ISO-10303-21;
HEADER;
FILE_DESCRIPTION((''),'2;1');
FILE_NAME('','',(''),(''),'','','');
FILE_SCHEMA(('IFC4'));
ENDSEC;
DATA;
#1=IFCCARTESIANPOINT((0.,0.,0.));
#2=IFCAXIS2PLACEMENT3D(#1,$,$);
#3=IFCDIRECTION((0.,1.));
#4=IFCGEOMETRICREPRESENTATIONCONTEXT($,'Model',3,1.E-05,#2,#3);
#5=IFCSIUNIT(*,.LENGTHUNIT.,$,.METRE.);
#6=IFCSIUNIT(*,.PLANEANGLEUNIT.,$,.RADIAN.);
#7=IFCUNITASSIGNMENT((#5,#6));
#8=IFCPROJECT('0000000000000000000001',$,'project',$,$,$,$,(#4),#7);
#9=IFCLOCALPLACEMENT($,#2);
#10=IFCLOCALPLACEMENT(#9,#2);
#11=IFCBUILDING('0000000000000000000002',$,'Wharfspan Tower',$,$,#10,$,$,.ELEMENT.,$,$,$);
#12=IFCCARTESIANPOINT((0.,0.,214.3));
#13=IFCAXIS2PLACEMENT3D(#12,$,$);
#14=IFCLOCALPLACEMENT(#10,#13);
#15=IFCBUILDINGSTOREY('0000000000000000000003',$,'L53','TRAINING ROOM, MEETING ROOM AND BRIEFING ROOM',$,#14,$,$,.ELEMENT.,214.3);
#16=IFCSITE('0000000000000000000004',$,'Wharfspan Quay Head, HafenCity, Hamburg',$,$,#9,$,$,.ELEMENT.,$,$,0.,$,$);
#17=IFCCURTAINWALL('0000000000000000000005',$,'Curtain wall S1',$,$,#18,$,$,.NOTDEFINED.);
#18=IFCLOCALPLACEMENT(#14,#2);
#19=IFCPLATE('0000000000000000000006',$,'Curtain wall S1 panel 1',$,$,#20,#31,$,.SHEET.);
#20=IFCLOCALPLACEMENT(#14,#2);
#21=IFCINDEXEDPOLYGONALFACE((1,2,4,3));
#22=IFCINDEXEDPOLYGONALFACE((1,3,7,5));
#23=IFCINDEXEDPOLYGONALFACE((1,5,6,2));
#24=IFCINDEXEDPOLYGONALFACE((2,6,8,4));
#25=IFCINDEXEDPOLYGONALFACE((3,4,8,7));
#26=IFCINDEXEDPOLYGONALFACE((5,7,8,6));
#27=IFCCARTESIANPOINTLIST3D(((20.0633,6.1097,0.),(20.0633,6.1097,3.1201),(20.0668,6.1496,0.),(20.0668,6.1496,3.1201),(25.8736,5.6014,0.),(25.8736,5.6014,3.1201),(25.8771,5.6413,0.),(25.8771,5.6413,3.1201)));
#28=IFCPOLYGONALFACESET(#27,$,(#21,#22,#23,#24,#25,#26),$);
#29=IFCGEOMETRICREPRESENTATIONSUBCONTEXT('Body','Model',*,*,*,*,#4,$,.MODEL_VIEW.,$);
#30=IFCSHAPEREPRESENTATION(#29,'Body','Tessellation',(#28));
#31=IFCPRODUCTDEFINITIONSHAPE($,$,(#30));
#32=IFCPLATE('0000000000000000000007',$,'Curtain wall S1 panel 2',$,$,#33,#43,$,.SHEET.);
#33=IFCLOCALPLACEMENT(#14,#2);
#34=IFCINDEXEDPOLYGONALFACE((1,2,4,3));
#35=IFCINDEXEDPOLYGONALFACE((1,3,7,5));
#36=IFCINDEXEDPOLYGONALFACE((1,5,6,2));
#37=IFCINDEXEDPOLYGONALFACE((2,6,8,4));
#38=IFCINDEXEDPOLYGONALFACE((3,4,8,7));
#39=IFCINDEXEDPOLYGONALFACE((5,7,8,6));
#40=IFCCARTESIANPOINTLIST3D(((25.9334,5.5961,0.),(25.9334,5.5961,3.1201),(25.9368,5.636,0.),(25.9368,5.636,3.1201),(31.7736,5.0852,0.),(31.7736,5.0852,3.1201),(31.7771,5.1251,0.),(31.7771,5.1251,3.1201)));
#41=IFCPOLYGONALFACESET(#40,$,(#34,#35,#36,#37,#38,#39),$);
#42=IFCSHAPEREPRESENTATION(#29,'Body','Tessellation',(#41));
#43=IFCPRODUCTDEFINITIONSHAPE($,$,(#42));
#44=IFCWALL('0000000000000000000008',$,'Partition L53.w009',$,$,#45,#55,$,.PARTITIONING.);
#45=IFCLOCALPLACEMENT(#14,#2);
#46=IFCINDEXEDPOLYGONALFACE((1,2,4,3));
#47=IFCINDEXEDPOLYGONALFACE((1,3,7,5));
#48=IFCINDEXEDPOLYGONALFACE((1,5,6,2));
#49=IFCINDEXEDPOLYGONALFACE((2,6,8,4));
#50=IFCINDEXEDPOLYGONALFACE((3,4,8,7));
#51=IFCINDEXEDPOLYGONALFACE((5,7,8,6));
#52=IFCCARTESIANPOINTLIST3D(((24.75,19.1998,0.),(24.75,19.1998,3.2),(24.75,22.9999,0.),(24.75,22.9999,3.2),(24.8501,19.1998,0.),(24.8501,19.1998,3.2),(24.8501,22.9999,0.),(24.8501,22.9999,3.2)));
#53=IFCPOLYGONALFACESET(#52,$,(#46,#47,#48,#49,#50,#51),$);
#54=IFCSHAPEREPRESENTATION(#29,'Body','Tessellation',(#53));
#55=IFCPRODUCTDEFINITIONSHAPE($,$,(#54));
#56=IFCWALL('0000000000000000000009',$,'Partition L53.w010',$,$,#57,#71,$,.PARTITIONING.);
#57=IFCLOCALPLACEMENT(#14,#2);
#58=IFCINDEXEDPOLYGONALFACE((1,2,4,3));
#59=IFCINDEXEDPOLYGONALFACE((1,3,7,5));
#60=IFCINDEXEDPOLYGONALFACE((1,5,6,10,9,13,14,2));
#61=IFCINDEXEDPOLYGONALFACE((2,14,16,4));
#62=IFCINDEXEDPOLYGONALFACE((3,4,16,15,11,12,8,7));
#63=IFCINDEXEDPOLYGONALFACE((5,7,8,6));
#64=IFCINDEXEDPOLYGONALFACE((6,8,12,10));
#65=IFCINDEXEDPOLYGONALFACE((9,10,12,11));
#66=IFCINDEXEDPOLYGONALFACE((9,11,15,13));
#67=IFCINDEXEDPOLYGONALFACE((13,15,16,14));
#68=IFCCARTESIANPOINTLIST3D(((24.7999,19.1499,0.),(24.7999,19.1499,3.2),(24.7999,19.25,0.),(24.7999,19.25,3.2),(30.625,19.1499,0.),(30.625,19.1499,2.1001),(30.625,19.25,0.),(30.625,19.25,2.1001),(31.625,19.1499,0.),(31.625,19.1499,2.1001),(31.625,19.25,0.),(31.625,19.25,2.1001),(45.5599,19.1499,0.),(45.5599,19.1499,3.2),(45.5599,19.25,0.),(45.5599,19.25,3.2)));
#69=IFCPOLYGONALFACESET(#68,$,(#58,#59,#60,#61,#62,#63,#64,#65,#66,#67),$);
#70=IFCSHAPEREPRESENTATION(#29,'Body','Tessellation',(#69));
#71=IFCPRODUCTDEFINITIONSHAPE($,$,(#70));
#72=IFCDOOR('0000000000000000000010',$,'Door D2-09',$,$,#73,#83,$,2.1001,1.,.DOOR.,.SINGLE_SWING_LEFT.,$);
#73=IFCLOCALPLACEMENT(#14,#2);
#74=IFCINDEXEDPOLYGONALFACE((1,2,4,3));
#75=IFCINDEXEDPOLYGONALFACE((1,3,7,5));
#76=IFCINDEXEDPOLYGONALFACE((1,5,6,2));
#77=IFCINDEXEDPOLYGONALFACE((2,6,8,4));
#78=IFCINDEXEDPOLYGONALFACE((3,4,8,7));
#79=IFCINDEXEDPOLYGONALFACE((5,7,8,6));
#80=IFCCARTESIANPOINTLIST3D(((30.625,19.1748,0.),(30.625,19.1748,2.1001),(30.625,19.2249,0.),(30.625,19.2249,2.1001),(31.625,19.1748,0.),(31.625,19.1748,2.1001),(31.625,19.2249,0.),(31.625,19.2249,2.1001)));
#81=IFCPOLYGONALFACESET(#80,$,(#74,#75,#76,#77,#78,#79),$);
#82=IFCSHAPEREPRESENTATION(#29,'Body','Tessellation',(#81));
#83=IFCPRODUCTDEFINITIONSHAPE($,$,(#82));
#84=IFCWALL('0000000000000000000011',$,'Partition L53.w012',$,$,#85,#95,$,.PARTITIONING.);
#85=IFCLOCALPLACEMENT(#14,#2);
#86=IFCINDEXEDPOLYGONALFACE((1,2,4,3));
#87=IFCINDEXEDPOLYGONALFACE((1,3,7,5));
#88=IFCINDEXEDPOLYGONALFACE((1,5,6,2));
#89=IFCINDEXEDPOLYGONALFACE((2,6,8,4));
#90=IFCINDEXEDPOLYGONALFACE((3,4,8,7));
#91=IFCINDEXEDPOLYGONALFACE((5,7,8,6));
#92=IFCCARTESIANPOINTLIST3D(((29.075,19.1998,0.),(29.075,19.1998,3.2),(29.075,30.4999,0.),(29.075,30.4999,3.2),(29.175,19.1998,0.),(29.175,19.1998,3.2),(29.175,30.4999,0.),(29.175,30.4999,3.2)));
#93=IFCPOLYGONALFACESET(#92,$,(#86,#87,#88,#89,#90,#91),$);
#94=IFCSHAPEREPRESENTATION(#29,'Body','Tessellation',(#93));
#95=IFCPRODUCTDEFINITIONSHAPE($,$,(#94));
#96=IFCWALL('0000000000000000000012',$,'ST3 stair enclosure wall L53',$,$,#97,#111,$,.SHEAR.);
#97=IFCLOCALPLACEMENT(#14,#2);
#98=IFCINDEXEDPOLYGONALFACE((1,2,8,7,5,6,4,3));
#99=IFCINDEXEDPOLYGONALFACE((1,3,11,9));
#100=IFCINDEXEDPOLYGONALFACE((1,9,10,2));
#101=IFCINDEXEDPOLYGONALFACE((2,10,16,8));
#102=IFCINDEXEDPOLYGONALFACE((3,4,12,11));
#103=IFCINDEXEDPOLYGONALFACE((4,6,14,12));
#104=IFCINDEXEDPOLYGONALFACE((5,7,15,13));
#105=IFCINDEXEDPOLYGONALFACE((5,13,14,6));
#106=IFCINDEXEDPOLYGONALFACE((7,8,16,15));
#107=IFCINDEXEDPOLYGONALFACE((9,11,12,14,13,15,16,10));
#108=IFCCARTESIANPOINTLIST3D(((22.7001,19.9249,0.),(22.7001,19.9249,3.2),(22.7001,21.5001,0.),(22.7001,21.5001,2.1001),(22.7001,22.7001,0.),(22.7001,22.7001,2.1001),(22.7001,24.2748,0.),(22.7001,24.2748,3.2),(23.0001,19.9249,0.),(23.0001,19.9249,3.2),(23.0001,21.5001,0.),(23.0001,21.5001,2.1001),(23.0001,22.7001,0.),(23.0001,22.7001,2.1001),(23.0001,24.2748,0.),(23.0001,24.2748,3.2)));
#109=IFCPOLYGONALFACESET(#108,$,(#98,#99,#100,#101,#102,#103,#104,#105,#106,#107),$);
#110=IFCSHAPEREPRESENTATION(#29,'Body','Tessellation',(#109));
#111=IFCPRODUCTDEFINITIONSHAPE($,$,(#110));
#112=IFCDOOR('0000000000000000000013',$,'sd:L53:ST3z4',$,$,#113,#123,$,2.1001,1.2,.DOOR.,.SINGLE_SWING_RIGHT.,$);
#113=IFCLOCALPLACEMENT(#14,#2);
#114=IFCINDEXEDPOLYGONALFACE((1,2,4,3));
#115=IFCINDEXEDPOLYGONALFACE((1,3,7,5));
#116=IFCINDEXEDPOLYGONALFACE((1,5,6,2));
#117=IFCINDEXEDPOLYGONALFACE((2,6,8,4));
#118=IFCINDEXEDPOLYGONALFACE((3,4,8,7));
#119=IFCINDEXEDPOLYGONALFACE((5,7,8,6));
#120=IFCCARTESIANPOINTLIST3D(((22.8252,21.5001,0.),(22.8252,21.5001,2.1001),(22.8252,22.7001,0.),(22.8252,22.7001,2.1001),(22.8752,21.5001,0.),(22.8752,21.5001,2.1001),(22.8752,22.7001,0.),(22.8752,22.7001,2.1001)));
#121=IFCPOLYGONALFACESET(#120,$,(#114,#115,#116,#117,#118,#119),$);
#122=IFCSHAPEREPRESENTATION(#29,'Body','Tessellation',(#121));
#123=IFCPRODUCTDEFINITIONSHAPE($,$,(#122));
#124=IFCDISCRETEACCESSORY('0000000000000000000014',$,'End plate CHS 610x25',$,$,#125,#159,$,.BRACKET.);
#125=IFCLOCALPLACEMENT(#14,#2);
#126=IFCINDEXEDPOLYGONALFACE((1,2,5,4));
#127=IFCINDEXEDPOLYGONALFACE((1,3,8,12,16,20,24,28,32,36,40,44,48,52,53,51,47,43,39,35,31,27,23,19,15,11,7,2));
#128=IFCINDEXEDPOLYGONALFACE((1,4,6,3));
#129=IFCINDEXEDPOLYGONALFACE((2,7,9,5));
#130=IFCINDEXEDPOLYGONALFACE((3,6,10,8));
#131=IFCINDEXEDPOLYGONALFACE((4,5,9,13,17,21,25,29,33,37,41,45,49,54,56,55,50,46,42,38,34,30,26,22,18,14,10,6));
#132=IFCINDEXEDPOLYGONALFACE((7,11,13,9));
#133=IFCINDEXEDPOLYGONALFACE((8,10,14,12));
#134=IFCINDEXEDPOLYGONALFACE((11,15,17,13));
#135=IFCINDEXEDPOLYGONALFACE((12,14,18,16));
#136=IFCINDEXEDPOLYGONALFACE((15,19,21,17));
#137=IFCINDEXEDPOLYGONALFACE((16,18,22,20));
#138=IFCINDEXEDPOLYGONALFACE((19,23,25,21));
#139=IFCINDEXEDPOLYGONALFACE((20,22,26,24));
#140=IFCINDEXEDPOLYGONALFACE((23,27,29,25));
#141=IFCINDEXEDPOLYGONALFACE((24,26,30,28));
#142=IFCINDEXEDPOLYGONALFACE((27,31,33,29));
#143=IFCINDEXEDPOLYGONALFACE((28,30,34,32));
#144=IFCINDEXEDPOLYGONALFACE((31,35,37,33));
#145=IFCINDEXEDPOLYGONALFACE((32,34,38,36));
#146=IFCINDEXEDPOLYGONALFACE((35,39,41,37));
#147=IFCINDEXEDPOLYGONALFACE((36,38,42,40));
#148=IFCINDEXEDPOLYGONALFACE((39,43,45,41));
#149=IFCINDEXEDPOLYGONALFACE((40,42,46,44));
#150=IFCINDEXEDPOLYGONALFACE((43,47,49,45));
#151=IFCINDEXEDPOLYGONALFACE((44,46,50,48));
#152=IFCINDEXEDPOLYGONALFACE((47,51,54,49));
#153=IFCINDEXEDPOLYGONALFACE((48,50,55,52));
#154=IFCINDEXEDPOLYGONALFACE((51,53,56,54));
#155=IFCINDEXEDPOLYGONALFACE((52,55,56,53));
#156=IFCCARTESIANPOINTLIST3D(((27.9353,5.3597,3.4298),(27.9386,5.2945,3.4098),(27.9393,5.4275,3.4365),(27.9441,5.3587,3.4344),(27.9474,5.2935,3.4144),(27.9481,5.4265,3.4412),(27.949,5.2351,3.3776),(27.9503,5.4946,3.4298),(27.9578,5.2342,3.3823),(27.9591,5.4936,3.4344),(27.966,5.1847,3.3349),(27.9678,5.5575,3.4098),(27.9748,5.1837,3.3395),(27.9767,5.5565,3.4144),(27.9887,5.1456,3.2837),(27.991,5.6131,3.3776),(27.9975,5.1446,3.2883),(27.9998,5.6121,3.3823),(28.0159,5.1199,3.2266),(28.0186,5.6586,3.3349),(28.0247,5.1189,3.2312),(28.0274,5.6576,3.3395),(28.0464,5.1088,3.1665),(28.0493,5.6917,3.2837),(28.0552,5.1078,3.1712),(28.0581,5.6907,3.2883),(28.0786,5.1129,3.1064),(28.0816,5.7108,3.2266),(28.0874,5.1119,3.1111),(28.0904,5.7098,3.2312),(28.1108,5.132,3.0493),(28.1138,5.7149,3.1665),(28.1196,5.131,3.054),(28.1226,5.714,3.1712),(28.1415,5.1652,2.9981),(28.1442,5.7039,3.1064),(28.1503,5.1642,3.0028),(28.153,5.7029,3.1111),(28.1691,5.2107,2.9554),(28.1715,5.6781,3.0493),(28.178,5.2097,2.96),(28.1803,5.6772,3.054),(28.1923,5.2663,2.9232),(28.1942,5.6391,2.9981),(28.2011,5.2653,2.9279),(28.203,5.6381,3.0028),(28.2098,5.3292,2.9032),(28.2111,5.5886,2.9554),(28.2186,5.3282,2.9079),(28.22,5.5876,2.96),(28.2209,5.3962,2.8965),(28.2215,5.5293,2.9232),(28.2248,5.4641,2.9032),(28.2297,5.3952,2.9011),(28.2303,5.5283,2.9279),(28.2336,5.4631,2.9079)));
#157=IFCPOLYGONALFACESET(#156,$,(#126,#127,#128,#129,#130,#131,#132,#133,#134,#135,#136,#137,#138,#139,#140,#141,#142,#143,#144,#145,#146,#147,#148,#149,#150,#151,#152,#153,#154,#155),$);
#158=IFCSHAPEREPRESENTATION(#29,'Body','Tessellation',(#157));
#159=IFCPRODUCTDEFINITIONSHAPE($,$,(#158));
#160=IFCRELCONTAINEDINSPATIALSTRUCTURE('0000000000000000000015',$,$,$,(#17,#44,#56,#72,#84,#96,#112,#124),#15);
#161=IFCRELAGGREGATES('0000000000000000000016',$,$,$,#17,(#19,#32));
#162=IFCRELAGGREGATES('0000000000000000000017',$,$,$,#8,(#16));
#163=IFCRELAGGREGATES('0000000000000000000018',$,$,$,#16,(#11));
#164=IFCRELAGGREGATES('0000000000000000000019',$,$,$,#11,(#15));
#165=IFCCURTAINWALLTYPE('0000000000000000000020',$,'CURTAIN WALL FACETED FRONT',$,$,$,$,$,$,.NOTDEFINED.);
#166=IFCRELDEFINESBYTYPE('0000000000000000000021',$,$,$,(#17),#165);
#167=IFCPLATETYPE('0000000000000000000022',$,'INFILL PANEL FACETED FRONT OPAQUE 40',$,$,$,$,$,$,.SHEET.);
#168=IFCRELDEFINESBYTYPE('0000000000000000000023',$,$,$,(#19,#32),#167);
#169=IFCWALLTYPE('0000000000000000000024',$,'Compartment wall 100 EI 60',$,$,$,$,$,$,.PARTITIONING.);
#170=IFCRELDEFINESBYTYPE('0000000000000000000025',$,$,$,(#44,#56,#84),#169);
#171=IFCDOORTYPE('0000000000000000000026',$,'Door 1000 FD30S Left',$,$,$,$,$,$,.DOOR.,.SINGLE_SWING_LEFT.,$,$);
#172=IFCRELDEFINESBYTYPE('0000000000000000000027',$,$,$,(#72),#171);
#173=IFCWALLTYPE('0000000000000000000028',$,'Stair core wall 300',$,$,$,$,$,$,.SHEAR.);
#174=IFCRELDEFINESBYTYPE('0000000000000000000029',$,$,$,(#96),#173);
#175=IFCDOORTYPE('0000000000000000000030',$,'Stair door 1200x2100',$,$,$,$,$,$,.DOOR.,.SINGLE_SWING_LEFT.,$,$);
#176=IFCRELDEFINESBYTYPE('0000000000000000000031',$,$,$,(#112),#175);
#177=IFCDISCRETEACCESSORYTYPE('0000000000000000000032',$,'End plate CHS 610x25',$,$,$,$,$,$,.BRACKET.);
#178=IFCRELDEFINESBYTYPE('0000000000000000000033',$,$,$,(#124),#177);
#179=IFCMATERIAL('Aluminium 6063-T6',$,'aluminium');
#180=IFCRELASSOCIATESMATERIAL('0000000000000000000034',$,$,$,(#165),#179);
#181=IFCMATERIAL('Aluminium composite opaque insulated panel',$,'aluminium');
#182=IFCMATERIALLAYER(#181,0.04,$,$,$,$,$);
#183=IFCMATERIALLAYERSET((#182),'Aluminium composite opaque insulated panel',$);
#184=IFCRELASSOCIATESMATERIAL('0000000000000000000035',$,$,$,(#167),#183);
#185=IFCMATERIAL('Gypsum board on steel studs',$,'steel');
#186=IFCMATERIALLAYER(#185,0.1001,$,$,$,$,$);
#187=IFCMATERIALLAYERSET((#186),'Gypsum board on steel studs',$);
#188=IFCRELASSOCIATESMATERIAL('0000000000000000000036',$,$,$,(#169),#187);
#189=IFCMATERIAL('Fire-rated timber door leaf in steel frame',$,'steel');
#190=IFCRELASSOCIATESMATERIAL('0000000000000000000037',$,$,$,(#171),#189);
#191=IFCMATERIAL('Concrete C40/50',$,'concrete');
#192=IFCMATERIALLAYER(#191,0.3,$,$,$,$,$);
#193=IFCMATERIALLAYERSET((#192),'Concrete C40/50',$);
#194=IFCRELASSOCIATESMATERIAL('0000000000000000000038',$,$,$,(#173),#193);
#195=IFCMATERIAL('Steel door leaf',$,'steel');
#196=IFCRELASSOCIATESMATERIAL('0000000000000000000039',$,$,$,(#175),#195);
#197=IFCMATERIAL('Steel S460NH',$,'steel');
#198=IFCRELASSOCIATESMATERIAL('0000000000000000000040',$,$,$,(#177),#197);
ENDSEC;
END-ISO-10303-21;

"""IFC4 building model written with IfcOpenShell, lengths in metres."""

from ifc_helpers import new_model, si_unit, direction, frame, frame_2d, origin, origin_2d, place, context, subcontext, project, spatial, rectangle, circle, extrude, material, layer, layer_set, material_profile, profile_set, type_object, element, fill, aggregate, save


model = new_model("IFC4")

# Units and contexts
model_context = context("Model", 3, precision=1e-05, world=origin(), true_north=direction((0.0, 1.0)))
body_context = subcontext(model_context, "Body", "Model", "MODEL_VIEW")
ifc_project = project(units=[si_unit("LENGTHUNIT", "METRE"), si_unit("PLANEANGLEUNIT", "RADIAN")], contexts=[model_context])

# Site, building, storey
site_placement = place(None, origin())
site = spatial("IfcSite", under=ifc_project, at=site_placement, Name="Wharfspan Quay Head, HafenCity, Hamburg", CompositionType="ELEMENT", RefElevation=0.0)
building_placement = place(site_placement, origin())
building = spatial("IfcBuilding", under=site, at=building_placement, Name="Wharfspan Tower", CompositionType="ELEMENT")
storey_placement = place(building_placement, frame((0.0, 0.0, 214.3)))
storey = spatial("IfcBuildingStorey", under=building, at=storey_placement, Name="L53", Description="TRAINING ROOM, MEETING ROOM AND BRIEFING ROOM", CompositionType="ELEMENT", Elevation=214.3)

# Curtain wall
ifc_material_1 = material(Name="Aluminium 6063-T6", Category="aluminium")
curtain_wall_type_1 = type_object("IfcCurtainWallType", Name="CURTAIN WALL FACETED FRONT", PredefinedType="NOTDEFINED", material=ifc_material_1)
curtain_wall_1_placement = place(storey_placement, origin())
curtain_wall_1 = element("IfcCurtainWall", 1, at=curtain_wall_1_placement, inside=storey, type_object=curtain_wall_type_1, Name="Curtain wall S1", PredefinedType="NOTDEFINED")

# Shared definitions
ifc_material_2 = material(Name="Steel S460NH", Category="steel")

# Plates
ifc_material_3 = material(Name="Aluminium composite opaque insulated panel", Category="aluminium")
ifc_layer_1 = layer(ifc_material_3, 0.04)
ifc_layer_set_1 = layer_set([ifc_layer_1], Name="Aluminium composite opaque insulated panel")
plate_type_1 = type_object("IfcPlateType", Name="INFILL PANEL FACETED FRONT OPAQUE 40", PredefinedType="SHEET", material=ifc_layer_set_1)
plate_1_placement = place(storey_placement, frame((22.9702, 5.8755, 0.0), z_axis=(0.0, 0.0, 1.0), x_axis=(0.996197, -0.087156, 0.0)))
plate_1 = element("IfcPlate", 2, at=plate_1_placement, type_object=plate_type_1, Name="Curtain wall S1 panel 1", PredefinedType="SHEET", context=body_context, shape_type="SweptSolid", body=[
    extrude(rectangle(XDim=5.8325, YDim=0.04, at=origin_2d()), origin(), (0.0, 0.0, 1.0), 3.1201),
])
plate_2_placement = place(storey_placement, frame((28.8552, 5.3606, 0.0), z_axis=(0.0, 0.0, 1.0), x_axis=(0.996197, -0.087156, 0.0)))
plate_2 = element("IfcPlate", 3, at=plate_2_placement, type_object=plate_type_1, Name="Curtain wall S1 panel 2", PredefinedType="SHEET", context=body_context, shape_type="SweptSolid", body=[
    extrude(rectangle(XDim=5.8625, YDim=0.04, at=origin_2d()), origin(), (0.0, 0.0, 1.0), 3.1201),
])
aggregate(curtain_wall_1, [plate_1, plate_2])

# Wall
ifc_material_4 = material(Name="Gypsum board on steel studs", Category="steel")
ifc_layer_2 = layer(ifc_material_4, 0.1001)
ifc_layer_set_2 = layer_set([ifc_layer_2], Name="Gypsum board on steel studs")
wall_type_1 = type_object("IfcWallType", Name="Compartment wall 100 EI 60", PredefinedType="PARTITIONING", material=ifc_layer_set_2)
wall_1_placement = place(storey_placement, frame((24.8, 19.2, 0.0), z_axis=(0.0, 0.0, 1.0), x_axis=(0.0, 1.0, 0.0)))
element("IfcWall", 4, at=wall_1_placement, inside=storey, type_object=wall_type_1, Name="Partition L53.w009", PredefinedType="PARTITIONING", context=body_context, shape_type="SweptSolid", body=[
    extrude(rectangle(XDim=3.8, YDim=0.1001, at=frame_2d((1.8999, 0.0))), origin(), (0.0, 0.0, 1.0), 3.2),
])

# Wall, opening, door
wall_2_placement = place(storey_placement, frame((24.8, 19.2, 0.0), z_axis=(0.0, 0.0, 1.0), x_axis=(1.0, 0.0, 0.0)))
wall_2 = element("IfcWall", 5, at=wall_2_placement, inside=storey, type_object=wall_type_1, Name="Partition L53.w010", PredefinedType="PARTITIONING", context=body_context, shape_type="SweptSolid", body=[
    extrude(rectangle(XDim=20.76, YDim=0.1001, at=frame_2d((10.3799, 0.0))), origin(), (0.0, 0.0, 1.0), 3.2),
])
opening_1_placement = place(wall_2_placement, frame((5.825, 0.0, 0.0)))
opening_1 = element("IfcOpeningElement", 6, at=opening_1_placement, cuts=wall_2, PredefinedType="OPENING", context=body_context, shape_type="SweptSolid", body=[
    extrude(rectangle(XDim=1.0, YDim=2.1001, at=frame_2d((0.5, 1.05))), frame((0.0, 0.0601, 0.0), z_axis=(0.0, -1.0, 0.0), x_axis=(1.0, 0.0, 0.0)), (0.0, 0.0, 1.0), 0.1201),
])
ifc_material_5 = material(Name="Fire-rated timber door leaf in steel frame", Category="steel")
door_type_1 = type_object("IfcDoorType", Name="Door 1000 FD30S Left", OperationType="SINGLE_SWING_LEFT", PredefinedType="DOOR", material=ifc_material_5)
door_1_placement = place(opening_1_placement, origin())
door_1 = element("IfcDoor", 7, at=door_1_placement, inside=storey, type_object=door_type_1, Name="Door D2-09", OperationType="SINGLE_SWING_LEFT", OverallHeight=2.1001, OverallWidth=1.0, PredefinedType="DOOR", context=body_context, shape_type="SweptSolid", body=[
    extrude(rectangle(XDim=1.0, YDim=2.1001, at=frame_2d((0.5, 1.05))), frame((0.0, 0.0249, 0.0), z_axis=(0.0, -1.0, 0.0), x_axis=(1.0, 0.0, 0.0)), (0.0, 0.0, 1.0), 0.05),
])
fill(opening_1, door_1)

# Wall
wall_3_placement = place(storey_placement, frame((29.125, 19.2, 0.0), z_axis=(0.0, 0.0, 1.0), x_axis=(0.0, 1.0, 0.0)))
element("IfcWall", 8, at=wall_3_placement, inside=storey, type_object=wall_type_1, Name="Partition L53.w012", PredefinedType="PARTITIONING", context=body_context, shape_type="SweptSolid", body=[
    extrude(rectangle(XDim=11.3, YDim=0.1001, at=frame_2d((5.6499, 0.0))), origin(), (0.0, 0.0, 1.0), 3.2),
])

# Wall, opening, door
ifc_material_6 = material(Name="Concrete C40/50", Category="concrete")
ifc_layer_3 = layer(ifc_material_6, 0.3)
ifc_layer_set_3 = layer_set([ifc_layer_3], Name="Concrete C40/50")
wall_type_2 = type_object("IfcWallType", Name="Stair core wall 300", PredefinedType="SHEAR", material=ifc_layer_set_3)
wall_4_placement = place(storey_placement, frame((22.8501, 19.925, 0.0), z_axis=(0.0, 0.0, 1.0), x_axis=(0.0, 1.0, 0.0)))
wall_4 = element("IfcWall", 9, at=wall_4_placement, inside=storey, type_object=wall_type_2, Name="ST3 stair enclosure wall L53", PredefinedType="SHEAR", context=body_context, shape_type="SweptSolid", body=[
    extrude(rectangle(XDim=4.3499, YDim=0.3, at=frame_2d((2.1748, 0.0))), origin(), (0.0, 0.0, 1.0), 3.2),
])
opening_2_placement = place(wall_4_placement, frame((1.575, 0.0, 0.0)))
opening_2 = element("IfcOpeningElement", 10, at=opening_2_placement, cuts=wall_4, PredefinedType="OPENING", context=body_context, shape_type="SweptSolid", body=[
    extrude(rectangle(XDim=1.2, YDim=2.1001, at=frame_2d((0.6001, 1.05))), frame((0.0, 0.1599, 0.0), z_axis=(0.0, -1.0, 0.0), x_axis=(1.0, 0.0, 0.0)), (0.0, 0.0, 1.0), 0.3201),
])
ifc_material_7 = material(Name="Steel door leaf", Category="steel")
door_type_2 = type_object("IfcDoorType", Name="Stair door 1200x2100", OperationType="SINGLE_SWING_LEFT", PredefinedType="DOOR", material=ifc_material_7)
door_2_placement = place(opening_2_placement, origin())
door_2 = element("IfcDoor", 11, at=door_2_placement, inside=storey, type_object=door_type_2, Name="sd:L53:ST3z4", OperationType="SINGLE_SWING_RIGHT", OverallHeight=2.1001, OverallWidth=1.2, PredefinedType="DOOR", context=body_context, shape_type="SweptSolid", body=[
    extrude(rectangle(XDim=1.2, YDim=2.1001, at=frame_2d((0.6001, 1.05))), frame((0.0, 0.0249, 0.0), z_axis=(0.0, -1.0, 0.0), x_axis=(1.0, 0.0, 0.0)), (0.0, 0.0, 1.0), 0.05),
])
fill(opening_2, door_2)

# Discrete accessory
ifc_material_profile_1 = material_profile(ifc_material_2, circle(Radius=0.3049, at=origin_2d()))
ifc_profile_set_1 = profile_set([ifc_material_profile_1], Name="Steel S460NH")
discrete_accessory_type = type_object("IfcDiscreteAccessoryType", Name="End plate CHS 610x25", PredefinedType="BRACKET", material=ifc_profile_set_1)
discrete_accessory_1_placement = place(storey_placement, frame((28.0801, 5.4119, 3.1665), z_axis=(0.880146, -0.097794, 0.464521), x_axis=(0.110432, 0.993888, 0.0)))
element("IfcDiscreteAccessory", 12, at=discrete_accessory_1_placement, inside=storey, type_object=discrete_accessory_type, Name="End plate CHS 610x25", PredefinedType="BRACKET", context=body_context, shape_type="SweptSolid", body=[
    extrude(circle(Radius=0.3049, at=origin_2d()), origin(), (0.0, 0.0, 1.0), 0.01),
])

save(model, "model.ifc")
